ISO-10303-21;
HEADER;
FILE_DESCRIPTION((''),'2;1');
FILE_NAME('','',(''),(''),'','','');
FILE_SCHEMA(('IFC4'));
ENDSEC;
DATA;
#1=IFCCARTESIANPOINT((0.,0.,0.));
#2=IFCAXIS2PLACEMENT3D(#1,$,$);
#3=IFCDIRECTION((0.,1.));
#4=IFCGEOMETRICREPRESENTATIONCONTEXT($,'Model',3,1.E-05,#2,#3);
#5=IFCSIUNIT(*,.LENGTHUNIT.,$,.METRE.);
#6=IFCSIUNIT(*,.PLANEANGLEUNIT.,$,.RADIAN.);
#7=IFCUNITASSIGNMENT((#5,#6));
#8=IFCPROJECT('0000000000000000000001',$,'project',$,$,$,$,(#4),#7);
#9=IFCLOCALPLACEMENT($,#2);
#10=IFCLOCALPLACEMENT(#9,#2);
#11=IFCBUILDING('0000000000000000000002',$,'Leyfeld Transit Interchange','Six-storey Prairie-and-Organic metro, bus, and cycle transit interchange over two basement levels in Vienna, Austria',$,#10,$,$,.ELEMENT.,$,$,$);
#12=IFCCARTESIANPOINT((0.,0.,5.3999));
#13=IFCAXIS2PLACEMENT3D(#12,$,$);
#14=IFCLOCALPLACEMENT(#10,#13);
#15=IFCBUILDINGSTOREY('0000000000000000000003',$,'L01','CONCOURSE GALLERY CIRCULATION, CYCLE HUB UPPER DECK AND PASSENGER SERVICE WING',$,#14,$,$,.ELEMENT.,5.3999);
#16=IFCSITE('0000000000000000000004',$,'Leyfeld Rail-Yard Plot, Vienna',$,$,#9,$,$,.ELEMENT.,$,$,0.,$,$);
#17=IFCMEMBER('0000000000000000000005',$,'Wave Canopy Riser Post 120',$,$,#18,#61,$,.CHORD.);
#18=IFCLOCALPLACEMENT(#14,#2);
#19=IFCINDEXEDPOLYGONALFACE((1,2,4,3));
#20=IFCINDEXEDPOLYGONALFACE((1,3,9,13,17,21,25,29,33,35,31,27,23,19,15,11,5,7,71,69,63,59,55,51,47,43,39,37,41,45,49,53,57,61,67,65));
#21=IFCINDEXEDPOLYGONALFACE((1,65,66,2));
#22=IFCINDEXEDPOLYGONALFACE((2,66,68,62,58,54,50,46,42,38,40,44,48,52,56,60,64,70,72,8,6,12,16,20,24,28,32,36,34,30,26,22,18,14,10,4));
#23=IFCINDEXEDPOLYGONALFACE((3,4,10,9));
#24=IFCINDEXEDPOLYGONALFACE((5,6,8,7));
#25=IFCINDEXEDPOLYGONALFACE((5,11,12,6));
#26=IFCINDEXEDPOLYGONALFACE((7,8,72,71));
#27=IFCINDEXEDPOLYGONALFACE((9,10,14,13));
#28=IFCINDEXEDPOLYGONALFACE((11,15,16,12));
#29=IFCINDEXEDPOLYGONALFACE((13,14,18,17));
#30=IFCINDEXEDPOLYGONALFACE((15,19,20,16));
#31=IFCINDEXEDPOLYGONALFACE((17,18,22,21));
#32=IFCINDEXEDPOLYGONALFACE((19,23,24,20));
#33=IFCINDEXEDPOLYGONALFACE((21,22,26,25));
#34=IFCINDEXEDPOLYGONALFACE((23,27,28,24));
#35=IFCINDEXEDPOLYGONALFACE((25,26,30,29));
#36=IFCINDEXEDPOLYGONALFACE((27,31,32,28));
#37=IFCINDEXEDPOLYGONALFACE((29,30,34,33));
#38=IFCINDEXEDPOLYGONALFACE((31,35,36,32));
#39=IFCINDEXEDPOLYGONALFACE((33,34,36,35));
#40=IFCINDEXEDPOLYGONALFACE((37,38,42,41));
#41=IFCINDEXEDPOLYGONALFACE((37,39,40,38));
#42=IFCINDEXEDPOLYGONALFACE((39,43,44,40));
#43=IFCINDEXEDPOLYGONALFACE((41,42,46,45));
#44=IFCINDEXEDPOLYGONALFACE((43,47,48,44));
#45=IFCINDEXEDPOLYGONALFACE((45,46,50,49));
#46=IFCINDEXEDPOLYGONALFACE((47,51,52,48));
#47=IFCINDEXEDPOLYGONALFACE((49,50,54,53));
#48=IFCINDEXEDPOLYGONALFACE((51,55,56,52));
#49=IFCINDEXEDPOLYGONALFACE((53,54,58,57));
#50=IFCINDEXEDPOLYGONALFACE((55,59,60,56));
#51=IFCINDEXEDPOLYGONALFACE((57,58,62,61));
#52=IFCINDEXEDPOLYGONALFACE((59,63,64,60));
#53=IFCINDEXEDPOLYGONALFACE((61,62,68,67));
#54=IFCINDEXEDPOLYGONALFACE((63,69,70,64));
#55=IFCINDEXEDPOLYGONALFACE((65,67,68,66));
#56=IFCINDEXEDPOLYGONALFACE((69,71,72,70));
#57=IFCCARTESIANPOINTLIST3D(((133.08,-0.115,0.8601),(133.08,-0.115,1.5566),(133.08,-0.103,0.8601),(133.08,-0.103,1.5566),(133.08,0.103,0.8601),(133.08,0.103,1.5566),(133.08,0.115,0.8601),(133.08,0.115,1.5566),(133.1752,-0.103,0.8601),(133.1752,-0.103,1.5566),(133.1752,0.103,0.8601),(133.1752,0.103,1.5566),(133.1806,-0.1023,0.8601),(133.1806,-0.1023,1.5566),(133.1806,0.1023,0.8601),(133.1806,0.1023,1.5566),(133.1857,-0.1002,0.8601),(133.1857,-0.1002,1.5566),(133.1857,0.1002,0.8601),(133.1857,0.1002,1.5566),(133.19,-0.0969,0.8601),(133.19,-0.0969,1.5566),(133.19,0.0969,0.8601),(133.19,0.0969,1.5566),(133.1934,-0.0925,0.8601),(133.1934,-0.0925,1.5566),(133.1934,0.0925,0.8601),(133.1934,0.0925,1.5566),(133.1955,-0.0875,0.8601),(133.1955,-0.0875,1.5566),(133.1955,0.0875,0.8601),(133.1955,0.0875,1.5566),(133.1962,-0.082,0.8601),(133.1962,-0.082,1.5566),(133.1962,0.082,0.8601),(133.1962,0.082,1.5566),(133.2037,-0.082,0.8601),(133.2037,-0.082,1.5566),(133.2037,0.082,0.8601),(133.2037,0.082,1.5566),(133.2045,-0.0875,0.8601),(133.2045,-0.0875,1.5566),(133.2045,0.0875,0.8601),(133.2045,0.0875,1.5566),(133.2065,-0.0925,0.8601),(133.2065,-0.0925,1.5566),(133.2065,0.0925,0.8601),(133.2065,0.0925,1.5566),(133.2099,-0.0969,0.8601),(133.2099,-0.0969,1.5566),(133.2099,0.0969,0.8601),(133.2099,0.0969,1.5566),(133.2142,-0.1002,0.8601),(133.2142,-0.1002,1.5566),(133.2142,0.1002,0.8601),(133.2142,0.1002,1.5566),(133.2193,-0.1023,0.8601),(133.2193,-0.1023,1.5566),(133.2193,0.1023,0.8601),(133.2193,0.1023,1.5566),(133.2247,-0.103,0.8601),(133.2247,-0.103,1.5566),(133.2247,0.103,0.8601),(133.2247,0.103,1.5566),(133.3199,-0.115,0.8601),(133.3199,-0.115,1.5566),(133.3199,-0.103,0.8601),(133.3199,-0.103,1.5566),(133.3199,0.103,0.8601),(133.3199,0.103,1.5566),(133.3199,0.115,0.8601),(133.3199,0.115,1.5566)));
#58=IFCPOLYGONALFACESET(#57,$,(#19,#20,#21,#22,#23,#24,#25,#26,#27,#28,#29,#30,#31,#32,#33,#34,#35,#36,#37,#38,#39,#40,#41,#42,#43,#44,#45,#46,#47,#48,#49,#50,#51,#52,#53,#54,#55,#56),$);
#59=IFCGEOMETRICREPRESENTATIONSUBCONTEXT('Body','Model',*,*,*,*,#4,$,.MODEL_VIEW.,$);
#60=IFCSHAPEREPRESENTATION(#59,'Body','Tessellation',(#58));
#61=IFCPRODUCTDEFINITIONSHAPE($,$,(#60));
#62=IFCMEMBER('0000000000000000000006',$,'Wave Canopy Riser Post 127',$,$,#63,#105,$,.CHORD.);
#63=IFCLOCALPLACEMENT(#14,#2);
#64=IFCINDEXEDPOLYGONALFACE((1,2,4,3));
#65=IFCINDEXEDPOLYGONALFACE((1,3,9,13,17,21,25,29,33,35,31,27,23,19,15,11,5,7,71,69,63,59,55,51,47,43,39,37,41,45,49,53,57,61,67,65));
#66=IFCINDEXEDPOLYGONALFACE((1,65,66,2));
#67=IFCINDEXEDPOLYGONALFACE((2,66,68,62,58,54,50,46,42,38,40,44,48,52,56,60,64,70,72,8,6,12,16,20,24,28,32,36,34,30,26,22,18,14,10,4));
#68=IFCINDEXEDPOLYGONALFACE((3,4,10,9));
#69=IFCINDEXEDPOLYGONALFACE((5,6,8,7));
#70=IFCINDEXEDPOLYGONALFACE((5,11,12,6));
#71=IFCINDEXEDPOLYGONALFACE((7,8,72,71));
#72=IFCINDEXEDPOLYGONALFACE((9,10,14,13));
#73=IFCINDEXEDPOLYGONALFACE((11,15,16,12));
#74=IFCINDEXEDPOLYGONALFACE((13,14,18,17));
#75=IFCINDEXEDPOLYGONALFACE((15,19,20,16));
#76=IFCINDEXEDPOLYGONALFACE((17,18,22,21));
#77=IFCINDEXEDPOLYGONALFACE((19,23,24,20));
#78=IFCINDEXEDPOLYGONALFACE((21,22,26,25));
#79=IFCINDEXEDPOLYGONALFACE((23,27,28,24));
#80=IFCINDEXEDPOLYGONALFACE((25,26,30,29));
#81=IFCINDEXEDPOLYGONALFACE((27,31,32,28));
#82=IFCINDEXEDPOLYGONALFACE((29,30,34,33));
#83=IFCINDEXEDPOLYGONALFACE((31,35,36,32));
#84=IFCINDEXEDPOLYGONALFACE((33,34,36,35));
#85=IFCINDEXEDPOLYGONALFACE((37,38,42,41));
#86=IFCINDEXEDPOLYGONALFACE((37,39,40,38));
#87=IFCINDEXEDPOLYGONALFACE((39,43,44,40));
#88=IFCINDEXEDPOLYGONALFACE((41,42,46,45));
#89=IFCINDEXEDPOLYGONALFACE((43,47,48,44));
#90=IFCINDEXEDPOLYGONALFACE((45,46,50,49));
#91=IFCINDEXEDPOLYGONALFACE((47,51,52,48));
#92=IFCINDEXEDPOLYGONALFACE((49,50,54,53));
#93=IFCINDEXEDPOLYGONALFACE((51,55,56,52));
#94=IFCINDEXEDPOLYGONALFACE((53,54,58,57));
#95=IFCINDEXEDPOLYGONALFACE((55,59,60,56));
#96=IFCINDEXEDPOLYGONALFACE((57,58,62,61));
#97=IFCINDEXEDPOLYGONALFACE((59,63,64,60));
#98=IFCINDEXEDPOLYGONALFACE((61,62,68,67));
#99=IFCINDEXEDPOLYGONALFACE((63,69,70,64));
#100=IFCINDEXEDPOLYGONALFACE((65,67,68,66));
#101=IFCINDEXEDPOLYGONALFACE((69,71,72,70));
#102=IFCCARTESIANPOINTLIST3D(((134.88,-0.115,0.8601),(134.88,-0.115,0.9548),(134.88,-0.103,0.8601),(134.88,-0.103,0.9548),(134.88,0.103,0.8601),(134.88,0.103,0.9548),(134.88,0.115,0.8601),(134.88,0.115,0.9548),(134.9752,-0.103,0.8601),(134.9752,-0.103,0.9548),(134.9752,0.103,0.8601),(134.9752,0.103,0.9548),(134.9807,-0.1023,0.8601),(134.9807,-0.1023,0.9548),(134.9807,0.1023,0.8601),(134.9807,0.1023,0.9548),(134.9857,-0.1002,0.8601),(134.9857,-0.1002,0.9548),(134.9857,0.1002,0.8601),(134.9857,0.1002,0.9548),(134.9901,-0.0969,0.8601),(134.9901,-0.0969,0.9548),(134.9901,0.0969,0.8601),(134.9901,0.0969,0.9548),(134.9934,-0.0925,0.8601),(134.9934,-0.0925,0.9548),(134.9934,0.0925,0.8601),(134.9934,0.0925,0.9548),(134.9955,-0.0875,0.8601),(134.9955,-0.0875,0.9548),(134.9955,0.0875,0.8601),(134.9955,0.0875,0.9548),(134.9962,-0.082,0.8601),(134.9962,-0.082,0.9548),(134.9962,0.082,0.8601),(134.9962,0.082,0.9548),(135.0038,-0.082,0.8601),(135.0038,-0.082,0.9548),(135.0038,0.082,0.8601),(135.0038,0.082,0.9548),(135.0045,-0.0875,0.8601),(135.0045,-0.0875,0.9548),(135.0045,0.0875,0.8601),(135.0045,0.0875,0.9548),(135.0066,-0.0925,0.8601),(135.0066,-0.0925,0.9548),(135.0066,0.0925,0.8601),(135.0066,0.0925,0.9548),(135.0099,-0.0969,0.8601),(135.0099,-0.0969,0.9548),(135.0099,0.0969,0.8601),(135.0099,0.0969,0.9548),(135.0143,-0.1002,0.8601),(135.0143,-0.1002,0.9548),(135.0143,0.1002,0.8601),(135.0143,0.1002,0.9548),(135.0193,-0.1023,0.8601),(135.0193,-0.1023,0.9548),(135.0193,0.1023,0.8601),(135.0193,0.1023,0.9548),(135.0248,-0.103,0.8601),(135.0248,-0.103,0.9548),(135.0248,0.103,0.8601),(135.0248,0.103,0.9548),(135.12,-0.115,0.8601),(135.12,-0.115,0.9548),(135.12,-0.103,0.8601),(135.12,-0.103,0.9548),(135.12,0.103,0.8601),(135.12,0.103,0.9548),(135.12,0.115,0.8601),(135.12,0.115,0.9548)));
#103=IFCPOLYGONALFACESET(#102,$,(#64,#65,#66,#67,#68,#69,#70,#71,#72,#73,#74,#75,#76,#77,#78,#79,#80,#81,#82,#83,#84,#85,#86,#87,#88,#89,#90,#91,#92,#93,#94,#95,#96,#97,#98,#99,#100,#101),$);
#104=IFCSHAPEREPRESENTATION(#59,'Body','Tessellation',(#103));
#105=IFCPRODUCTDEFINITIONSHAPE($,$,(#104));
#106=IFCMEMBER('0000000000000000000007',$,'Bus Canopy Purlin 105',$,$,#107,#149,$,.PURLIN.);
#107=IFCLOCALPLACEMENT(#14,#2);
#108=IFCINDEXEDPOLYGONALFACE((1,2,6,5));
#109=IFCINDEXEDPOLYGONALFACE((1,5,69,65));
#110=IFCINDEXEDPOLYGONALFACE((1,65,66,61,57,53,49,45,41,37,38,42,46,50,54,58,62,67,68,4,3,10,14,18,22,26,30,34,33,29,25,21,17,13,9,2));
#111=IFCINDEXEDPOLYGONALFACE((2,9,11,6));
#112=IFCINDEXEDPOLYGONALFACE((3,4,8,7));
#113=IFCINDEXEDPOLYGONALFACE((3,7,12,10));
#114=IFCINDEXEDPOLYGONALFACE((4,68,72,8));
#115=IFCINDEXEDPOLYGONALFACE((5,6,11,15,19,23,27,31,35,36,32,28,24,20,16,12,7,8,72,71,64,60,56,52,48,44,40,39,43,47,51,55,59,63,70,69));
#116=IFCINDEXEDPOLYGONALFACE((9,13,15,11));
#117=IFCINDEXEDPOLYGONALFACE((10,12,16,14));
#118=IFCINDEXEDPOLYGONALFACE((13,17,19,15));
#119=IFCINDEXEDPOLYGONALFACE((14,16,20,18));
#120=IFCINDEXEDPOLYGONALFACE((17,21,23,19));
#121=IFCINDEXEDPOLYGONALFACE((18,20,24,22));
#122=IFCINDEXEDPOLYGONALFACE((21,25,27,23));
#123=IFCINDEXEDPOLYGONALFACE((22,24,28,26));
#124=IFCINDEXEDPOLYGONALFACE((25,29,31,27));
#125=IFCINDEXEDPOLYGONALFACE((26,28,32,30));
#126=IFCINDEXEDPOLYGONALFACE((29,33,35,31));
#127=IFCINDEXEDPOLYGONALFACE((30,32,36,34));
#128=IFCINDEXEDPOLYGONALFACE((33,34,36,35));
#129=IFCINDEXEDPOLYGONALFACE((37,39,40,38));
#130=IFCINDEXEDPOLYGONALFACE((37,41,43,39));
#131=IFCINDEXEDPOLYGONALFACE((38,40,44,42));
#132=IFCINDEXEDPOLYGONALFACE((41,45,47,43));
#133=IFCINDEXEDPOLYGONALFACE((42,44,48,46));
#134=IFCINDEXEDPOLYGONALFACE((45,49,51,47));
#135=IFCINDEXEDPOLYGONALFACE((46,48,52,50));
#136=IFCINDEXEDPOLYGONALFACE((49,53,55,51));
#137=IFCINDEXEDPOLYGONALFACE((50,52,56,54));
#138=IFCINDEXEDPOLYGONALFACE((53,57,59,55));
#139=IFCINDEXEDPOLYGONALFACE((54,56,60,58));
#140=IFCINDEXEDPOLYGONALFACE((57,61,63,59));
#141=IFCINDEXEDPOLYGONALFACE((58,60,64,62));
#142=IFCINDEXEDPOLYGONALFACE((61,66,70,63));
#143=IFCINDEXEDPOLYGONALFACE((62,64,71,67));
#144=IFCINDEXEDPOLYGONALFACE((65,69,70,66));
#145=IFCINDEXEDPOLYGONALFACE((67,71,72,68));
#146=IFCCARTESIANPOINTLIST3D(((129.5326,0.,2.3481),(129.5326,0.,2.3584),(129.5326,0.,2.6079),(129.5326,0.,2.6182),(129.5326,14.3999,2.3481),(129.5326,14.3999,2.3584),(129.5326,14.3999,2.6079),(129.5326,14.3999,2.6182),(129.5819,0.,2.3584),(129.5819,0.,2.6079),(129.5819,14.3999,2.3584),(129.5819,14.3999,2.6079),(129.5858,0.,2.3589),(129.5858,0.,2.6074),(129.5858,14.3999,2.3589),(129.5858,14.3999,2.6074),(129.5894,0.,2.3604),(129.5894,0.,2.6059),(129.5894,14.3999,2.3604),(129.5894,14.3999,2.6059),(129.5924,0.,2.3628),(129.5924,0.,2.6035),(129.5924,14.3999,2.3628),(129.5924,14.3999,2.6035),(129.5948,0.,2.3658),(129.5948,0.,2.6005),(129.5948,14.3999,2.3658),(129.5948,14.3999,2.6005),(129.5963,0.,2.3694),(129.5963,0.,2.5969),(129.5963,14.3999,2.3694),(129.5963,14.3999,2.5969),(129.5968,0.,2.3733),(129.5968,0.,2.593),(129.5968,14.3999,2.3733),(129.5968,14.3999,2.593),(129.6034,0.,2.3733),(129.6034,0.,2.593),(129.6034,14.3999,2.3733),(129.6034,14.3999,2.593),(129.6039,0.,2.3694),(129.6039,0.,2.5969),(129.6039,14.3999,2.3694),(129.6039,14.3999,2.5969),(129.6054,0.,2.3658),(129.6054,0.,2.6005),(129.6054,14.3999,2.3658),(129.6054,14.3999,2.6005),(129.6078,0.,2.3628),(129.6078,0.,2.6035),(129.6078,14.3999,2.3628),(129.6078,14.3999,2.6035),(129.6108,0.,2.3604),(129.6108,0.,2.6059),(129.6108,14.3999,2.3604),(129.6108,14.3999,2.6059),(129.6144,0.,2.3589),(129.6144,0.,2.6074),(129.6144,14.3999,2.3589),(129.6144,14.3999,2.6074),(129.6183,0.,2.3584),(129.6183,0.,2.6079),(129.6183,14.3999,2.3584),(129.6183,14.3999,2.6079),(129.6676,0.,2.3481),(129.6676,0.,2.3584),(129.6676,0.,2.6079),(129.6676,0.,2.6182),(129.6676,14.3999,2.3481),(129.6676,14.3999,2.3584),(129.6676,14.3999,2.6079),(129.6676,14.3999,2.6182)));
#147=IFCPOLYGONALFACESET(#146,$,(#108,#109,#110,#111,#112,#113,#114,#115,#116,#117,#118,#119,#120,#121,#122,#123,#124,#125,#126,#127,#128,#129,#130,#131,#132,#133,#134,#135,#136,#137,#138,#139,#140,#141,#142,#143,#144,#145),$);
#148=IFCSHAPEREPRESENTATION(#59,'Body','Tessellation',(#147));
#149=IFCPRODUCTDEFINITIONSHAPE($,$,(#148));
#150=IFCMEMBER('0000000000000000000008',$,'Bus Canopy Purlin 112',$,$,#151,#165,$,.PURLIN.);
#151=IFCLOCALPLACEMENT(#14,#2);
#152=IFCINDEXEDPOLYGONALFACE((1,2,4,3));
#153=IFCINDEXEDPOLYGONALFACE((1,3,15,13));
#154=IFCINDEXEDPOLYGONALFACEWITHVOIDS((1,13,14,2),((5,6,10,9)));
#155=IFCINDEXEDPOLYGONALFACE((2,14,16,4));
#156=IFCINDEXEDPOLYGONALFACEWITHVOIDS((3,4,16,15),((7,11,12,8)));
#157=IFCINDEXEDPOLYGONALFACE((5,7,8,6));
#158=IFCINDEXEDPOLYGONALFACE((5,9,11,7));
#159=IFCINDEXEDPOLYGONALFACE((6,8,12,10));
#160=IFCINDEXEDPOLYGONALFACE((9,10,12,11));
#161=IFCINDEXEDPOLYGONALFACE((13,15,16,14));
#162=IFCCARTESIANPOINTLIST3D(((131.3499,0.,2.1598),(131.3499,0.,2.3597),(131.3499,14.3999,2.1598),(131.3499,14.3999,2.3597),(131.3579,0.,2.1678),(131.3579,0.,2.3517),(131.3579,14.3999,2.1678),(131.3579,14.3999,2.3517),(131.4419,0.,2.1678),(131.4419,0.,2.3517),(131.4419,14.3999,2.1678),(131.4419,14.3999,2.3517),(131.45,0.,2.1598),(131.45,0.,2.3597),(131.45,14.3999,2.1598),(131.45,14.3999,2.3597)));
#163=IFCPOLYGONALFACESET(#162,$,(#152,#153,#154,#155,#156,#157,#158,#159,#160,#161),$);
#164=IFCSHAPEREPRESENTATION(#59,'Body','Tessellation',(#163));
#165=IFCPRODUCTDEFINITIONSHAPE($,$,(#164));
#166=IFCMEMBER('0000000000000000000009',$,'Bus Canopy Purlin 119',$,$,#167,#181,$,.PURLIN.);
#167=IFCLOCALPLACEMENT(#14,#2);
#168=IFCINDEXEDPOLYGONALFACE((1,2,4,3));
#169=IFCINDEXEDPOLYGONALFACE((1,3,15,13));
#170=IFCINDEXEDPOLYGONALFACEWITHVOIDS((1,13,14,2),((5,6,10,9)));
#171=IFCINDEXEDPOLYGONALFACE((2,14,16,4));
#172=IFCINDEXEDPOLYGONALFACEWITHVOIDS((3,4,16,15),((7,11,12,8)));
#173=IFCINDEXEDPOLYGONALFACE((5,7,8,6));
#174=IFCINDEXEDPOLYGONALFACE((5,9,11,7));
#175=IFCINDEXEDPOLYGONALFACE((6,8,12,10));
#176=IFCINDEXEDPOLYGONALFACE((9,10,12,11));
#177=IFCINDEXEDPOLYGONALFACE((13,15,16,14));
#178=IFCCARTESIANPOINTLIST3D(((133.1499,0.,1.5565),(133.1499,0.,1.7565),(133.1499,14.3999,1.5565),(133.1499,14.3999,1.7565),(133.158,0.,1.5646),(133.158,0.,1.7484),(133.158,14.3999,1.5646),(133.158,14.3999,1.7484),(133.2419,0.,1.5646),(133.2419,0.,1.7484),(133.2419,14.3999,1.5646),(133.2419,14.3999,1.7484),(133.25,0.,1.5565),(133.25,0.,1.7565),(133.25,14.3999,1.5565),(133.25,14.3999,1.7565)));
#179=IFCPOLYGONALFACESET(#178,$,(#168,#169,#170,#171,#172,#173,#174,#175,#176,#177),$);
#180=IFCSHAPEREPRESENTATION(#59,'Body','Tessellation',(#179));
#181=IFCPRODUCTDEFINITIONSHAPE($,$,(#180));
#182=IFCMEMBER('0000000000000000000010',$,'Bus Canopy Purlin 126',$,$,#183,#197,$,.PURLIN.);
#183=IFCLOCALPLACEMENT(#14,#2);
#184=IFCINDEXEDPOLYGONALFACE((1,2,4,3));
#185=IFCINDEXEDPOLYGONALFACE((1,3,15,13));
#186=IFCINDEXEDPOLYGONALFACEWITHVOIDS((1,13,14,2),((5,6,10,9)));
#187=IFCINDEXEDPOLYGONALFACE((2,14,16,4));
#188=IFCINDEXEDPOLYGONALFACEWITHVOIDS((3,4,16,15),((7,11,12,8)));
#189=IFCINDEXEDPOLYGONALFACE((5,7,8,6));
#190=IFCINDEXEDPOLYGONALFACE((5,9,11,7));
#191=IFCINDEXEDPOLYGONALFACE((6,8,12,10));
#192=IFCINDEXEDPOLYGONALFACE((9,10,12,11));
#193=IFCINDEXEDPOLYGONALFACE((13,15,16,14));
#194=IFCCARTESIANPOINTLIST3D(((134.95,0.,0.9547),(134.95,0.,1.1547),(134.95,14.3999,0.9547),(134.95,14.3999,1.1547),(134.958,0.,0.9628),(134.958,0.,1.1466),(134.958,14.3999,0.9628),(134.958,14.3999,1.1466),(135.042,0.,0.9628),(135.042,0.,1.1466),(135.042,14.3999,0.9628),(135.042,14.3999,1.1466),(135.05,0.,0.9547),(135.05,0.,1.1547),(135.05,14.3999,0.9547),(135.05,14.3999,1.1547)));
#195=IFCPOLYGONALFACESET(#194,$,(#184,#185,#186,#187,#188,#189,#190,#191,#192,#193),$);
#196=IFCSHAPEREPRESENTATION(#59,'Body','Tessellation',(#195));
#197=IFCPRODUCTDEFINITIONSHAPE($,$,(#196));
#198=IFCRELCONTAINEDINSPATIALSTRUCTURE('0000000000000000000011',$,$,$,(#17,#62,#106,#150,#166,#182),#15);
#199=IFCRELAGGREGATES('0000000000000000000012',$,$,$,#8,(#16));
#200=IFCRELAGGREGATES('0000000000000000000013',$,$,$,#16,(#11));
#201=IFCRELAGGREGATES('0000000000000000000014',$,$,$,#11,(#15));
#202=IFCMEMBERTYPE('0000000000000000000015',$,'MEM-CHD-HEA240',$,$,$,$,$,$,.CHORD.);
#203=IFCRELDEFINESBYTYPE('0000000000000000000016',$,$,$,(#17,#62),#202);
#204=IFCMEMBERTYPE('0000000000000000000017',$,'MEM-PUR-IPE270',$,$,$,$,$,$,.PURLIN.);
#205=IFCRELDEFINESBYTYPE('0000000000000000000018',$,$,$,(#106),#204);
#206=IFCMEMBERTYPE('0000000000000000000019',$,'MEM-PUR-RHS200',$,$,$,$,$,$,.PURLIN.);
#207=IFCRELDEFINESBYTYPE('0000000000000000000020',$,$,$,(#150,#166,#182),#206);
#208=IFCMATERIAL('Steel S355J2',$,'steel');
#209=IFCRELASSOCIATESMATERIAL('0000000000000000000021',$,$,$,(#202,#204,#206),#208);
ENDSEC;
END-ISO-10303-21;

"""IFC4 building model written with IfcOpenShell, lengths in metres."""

from ifc_helpers import new_model, si_unit, direction, frame, origin, origin_2d, place, context, subcontext, project, spatial, hollow_rectangle, i_section, extrude, material, material_profile, profile_set, type_object, element, save


model = new_model("IFC4")

# Units and contexts
model_context = context("Model", 3, precision=1e-05, world=origin(), true_north=direction((0.0, 1.0)))
body_context = subcontext(model_context, "Body", "Model", "MODEL_VIEW")
ifc_project = project(units=[si_unit("LENGTHUNIT", "METRE"), si_unit("PLANEANGLEUNIT", "RADIAN")], contexts=[model_context])

# Site, building, storey
site_placement = place(None, origin())
site = spatial("IfcSite", under=ifc_project, at=site_placement, Name="Leyfeld Rail-Yard Plot, Vienna", CompositionType="ELEMENT", RefElevation=0.0)
building_placement = place(site_placement, origin())
building = spatial("IfcBuilding", under=site, at=building_placement, Name="Leyfeld Transit Interchange", Description="Six-storey Prairie-and-Organic metro, bus, and cycle transit interchange over two basement levels in Vienna, Austria", CompositionType="ELEMENT")
storey_placement = place(building_placement, frame((0.0, 0.0, 5.3999)))
storey = spatial("IfcBuildingStorey", under=building, at=storey_placement, Name="L01", Description="CONCOURSE GALLERY CIRCULATION, CYCLE HUB UPPER DECK AND PASSENGER SERVICE WING", CompositionType="ELEMENT", Elevation=5.3999)

# Shared definitions
ifc_material_1 = material(Name="Steel S355J2", Category="steel")

# Members
ifc_material_profile_1 = material_profile(ifc_material_1, i_section(OverallWidth=0.24, OverallDepth=0.23, WebThickness=0.0076, FlangeThickness=0.012, FilletRadius=0.021, at=origin_2d()), Name="HEA 240")
ifc_profile_set_1 = profile_set([ifc_material_profile_1], Name="Steel S355J2")
member_type_1 = type_object("IfcMemberType", Name="MEM-CHD-HEA240", PredefinedType="CHORD", material=ifc_profile_set_1)
member_1_placement = place(storey_placement, frame((133.2, 0.0, 0.8601), z_axis=(0.0, 0.0, 1.0), x_axis=(1.0, 0.0, 0.0)))
element("IfcMember", 1, at=member_1_placement, inside=storey, type_object=member_type_1, Name="Wave Canopy Riser Post 120", PredefinedType="CHORD", context=body_context, shape_type="SweptSolid", body=[
    extrude(i_section(OverallWidth=0.24, OverallDepth=0.23, WebThickness=0.0076, FlangeThickness=0.012, FilletRadius=0.021, at=origin_2d()), origin(), (0.0, 0.0, 1.0), 0.6965),
])
member_2_placement = place(storey_placement, frame((135.0, 0.0, 0.8601), z_axis=(0.0, 0.0, 1.0), x_axis=(1.0, 0.0, 0.0)))
element("IfcMember", 2, at=member_2_placement, inside=storey, type_object=member_type_1, Name="Wave Canopy Riser Post 127", PredefinedType="CHORD", context=body_context, shape_type="SweptSolid", body=[
    extrude(i_section(OverallWidth=0.24, OverallDepth=0.23, WebThickness=0.0076, FlangeThickness=0.012, FilletRadius=0.021, at=origin_2d()), origin(), (0.0, 0.0, 1.0), 0.0947),
])
ifc_material_profile_2 = material_profile(ifc_material_1, i_section(OverallWidth=0.135, OverallDepth=0.27, WebThickness=0.0066, FlangeThickness=0.0103, FilletRadius=0.0149, at=origin_2d()), Name="IPE 270")
ifc_profile_set_2 = profile_set([ifc_material_profile_2], Name="Steel S355J2")
member_type_2 = type_object("IfcMemberType", Name="MEM-PUR-IPE270", PredefinedType="PURLIN", material=ifc_profile_set_2)
member_3_placement = place(storey_placement, frame((129.6001, 0.0, 2.4832), z_axis=(0.0, 1.0, 0.0), x_axis=(-1.0, 0.0, 0.0)))
element("IfcMember", 3, at=member_3_placement, inside=storey, type_object=member_type_2, Name="Bus Canopy Purlin 105", PredefinedType="PURLIN", context=body_context, shape_type="SweptSolid", body=[
    extrude(i_section(OverallWidth=0.135, OverallDepth=0.27, WebThickness=0.0066, FlangeThickness=0.0103, FilletRadius=0.0149, at=origin_2d()), origin(), (0.0, 0.0, 1.0), 14.3999),
])
ifc_material_profile_3 = material_profile(ifc_material_1, hollow_rectangle(XDim=0.1001, YDim=0.2, WallThickness=0.0081, at=origin_2d()), Name="RHS 200x100x8")
ifc_profile_set_3 = profile_set([ifc_material_profile_3], Name="Steel S355J2")
member_type_3 = type_object("IfcMemberType", Name="MEM-PUR-RHS200", PredefinedType="PURLIN", material=ifc_profile_set_3)
for number, where, z_axis, x_axis, name in (
    (4, (131.3999, 0.0, 2.2598), (0.0, 1.0, 0.0), (-1.0, 0.0, 0.0), "Bus Canopy Purlin 112"),
    (5, (133.2, 0.0, 1.6565), (0.0, 1.0, 0.0), (-1.0, 0.0, 0.0), "Bus Canopy Purlin 119"),
    (6, (135.0, 0.0, 1.0547), (0.0, 1.0, 0.0), (-1.0, 0.0, 0.0), "Bus Canopy Purlin 126"),
):
    element("IfcMember", number, at=place(storey_placement, frame(where, z_axis=z_axis, x_axis=x_axis)), inside=storey, type_object=member_type_3, Name=name, PredefinedType="PURLIN", context=body_context, shape_type="SweptSolid", body=[
        extrude(hollow_rectangle(XDim=0.1001, YDim=0.2, WallThickness=0.0081, at=origin_2d()), origin(), (0.0, 0.0, 1.0), 14.3999),
    ])

save(model, "model.ifc")
